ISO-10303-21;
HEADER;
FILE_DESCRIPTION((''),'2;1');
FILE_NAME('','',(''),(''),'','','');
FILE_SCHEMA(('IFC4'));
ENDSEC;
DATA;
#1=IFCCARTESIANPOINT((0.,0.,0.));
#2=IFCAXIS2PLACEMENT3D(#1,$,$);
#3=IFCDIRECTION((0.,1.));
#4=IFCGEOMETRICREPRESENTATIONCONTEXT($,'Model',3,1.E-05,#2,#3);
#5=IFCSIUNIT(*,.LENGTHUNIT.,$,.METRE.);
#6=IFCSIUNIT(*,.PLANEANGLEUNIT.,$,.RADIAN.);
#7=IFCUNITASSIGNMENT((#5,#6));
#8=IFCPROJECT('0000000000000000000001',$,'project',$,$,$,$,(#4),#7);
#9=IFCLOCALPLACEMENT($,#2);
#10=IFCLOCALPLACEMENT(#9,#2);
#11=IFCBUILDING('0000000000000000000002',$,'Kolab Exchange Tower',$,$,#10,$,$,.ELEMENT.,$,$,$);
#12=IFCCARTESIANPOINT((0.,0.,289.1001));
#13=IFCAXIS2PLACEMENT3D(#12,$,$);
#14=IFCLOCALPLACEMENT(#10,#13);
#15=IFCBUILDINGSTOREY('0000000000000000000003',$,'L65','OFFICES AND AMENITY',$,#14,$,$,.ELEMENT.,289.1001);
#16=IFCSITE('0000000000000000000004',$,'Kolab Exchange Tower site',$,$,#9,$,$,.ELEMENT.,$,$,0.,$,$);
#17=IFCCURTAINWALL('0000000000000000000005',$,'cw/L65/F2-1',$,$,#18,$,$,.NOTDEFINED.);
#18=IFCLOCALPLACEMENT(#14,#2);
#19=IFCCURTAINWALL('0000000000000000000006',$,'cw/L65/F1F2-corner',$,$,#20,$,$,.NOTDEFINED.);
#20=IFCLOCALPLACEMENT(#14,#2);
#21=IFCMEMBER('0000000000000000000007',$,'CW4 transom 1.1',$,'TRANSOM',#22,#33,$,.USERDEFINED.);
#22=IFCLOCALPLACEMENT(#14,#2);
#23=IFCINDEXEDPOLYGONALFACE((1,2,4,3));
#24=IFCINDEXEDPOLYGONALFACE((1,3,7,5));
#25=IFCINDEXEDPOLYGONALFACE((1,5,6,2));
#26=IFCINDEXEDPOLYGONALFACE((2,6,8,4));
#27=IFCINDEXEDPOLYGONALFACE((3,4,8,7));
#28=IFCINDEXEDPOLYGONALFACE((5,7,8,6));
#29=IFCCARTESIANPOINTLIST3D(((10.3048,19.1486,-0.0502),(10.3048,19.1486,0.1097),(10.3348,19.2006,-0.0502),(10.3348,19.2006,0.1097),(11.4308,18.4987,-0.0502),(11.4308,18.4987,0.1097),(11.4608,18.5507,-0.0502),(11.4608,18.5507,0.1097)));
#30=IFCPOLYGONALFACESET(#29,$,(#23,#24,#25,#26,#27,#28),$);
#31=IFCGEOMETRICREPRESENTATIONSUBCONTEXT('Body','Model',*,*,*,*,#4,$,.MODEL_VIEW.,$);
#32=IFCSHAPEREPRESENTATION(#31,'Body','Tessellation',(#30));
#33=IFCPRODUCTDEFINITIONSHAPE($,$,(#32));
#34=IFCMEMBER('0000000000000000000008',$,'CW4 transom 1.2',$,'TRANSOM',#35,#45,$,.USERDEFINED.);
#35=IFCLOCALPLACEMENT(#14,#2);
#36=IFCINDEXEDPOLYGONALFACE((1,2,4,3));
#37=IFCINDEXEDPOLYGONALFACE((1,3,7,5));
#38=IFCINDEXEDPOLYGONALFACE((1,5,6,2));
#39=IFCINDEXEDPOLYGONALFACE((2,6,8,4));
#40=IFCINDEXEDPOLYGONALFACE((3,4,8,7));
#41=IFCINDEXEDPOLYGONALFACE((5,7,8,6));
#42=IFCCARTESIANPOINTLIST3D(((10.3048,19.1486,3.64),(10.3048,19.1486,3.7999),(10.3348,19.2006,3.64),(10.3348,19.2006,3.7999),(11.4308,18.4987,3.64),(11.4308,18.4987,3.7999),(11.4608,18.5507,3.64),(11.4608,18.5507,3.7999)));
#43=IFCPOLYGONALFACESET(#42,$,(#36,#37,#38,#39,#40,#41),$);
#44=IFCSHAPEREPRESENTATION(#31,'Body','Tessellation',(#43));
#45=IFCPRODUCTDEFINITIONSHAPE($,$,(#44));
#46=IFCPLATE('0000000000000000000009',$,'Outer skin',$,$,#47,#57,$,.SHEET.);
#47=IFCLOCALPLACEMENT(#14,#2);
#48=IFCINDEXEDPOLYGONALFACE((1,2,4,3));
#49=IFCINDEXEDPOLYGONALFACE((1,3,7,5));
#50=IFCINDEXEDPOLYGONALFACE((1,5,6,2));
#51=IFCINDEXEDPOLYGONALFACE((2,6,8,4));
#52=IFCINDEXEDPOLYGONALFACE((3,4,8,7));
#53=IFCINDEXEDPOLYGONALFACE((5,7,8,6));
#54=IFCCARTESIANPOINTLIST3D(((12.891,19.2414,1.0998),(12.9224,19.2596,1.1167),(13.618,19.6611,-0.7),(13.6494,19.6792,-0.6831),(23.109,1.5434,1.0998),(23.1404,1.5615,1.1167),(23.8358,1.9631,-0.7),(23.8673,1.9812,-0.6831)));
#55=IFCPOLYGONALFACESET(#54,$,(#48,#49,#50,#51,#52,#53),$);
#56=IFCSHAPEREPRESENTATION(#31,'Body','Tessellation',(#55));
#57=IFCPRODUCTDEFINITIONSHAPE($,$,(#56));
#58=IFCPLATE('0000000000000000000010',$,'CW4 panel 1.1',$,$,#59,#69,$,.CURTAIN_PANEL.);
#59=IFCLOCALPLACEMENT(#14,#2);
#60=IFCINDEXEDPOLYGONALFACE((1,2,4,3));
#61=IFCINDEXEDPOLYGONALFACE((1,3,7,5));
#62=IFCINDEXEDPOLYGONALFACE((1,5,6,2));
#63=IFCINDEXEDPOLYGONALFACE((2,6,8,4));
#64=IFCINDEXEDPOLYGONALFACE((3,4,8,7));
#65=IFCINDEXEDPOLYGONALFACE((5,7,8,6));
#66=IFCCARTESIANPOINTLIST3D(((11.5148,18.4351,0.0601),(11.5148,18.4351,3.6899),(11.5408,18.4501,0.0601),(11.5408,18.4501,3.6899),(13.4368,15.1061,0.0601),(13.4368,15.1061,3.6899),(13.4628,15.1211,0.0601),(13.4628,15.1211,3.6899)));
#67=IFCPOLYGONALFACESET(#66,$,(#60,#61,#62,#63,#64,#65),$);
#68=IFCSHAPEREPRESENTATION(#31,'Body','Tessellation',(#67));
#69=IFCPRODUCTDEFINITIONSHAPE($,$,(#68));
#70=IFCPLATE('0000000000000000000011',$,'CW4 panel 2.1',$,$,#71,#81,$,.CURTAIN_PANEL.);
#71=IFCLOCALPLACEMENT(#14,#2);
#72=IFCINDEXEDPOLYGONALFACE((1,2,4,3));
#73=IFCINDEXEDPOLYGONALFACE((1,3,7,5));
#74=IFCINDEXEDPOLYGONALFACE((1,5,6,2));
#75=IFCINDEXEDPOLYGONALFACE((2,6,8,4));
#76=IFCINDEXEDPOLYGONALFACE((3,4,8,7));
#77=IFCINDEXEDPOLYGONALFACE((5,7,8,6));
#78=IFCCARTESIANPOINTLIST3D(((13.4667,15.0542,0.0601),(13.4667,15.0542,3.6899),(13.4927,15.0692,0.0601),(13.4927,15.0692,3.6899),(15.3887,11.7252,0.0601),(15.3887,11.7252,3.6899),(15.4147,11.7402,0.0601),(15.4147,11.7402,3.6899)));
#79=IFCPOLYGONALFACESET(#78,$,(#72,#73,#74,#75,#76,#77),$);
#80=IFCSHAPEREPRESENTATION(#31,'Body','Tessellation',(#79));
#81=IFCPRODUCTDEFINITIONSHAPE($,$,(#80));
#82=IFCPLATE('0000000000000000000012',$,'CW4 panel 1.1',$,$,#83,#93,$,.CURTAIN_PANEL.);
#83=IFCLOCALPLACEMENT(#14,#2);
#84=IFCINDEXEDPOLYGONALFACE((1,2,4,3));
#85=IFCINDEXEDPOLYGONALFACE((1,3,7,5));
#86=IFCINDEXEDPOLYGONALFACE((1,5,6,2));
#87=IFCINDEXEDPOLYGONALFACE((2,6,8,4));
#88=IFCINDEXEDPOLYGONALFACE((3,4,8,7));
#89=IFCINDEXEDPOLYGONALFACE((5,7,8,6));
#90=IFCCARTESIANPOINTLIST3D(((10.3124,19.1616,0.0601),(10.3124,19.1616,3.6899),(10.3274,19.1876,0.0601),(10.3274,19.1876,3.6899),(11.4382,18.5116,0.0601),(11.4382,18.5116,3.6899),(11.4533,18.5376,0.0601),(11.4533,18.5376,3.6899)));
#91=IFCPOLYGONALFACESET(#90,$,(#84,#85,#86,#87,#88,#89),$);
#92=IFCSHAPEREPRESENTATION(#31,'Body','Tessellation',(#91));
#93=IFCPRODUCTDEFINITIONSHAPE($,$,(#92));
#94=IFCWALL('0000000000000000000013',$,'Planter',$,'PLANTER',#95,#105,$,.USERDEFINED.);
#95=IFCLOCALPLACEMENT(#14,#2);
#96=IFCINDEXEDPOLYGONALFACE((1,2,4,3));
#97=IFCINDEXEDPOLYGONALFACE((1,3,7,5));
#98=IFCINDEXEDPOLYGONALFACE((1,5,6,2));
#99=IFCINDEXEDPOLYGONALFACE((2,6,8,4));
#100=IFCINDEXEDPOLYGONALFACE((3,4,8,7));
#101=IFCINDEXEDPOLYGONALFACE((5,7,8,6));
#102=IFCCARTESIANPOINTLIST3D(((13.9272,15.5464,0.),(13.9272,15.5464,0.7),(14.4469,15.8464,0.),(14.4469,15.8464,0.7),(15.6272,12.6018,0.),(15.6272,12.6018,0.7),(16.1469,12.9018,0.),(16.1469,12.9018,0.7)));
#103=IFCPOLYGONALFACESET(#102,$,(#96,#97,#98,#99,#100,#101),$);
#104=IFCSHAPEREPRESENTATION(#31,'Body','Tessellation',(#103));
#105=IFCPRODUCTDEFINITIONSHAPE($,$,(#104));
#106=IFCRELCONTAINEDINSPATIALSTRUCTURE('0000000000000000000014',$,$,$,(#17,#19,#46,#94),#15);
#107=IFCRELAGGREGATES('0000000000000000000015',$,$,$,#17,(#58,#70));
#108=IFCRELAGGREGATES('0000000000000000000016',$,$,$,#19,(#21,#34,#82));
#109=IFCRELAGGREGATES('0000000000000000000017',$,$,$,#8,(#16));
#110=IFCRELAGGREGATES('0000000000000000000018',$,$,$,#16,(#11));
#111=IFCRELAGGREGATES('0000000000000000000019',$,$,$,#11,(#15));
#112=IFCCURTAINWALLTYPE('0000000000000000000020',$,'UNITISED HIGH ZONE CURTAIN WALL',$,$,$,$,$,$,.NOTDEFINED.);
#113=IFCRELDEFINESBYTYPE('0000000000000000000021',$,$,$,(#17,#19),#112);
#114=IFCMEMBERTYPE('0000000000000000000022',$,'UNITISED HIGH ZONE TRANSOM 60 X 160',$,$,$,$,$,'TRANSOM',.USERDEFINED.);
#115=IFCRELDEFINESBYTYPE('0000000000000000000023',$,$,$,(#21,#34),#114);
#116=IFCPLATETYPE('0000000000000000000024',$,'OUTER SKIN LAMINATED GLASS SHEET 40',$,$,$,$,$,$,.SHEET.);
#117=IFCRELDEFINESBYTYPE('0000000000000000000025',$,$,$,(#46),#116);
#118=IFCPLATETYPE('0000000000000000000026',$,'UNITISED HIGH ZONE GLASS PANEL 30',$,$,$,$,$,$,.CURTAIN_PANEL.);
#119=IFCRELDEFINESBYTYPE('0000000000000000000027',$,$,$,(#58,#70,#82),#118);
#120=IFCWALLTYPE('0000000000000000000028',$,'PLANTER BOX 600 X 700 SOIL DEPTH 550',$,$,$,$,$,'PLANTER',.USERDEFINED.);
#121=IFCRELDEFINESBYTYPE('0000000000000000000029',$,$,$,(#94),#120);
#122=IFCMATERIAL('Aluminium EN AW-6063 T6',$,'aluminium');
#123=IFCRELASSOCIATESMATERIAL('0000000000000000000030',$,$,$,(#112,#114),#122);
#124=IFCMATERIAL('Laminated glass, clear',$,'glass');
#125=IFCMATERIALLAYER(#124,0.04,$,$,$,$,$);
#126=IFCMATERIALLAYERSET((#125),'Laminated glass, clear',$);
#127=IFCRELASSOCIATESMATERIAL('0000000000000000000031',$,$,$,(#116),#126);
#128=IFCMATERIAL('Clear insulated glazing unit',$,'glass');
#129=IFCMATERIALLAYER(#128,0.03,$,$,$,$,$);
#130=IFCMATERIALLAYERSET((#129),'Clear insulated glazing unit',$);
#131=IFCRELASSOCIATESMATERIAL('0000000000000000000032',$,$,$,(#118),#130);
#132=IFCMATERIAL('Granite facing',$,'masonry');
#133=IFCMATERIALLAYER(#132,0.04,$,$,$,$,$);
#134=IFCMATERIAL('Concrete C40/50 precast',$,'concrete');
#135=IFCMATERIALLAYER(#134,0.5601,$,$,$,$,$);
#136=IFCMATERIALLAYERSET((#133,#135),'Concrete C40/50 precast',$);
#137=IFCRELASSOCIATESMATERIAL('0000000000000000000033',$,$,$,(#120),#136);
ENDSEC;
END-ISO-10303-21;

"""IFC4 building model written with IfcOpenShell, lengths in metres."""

from ifc_helpers import new_model, si_unit, direction, frame, frame_2d, origin, origin_2d, place, context, subcontext, project, spatial, polyline, rectangle, outline, extrude, material, layer, layer_set, material_profile, profile_set, type_object, element, aggregate, save


model = new_model("IFC4")

# Units and contexts
model_context = context("Model", 3, precision=1e-05, world=origin(), true_north=direction((0.0, 1.0)))
body_context = subcontext(model_context, "Body", "Model", "MODEL_VIEW")
ifc_project = project(units=[si_unit("LENGTHUNIT", "METRE"), si_unit("PLANEANGLEUNIT", "RADIAN")], contexts=[model_context])

# Site, building, storey
site_placement = place(None, origin())
site = spatial("IfcSite", under=ifc_project, at=site_placement, Name="Kolab Exchange Tower site", CompositionType="ELEMENT", RefElevation=0.0)
building_placement = place(site_placement, origin())
building = spatial("IfcBuilding", under=site, at=building_placement, Name="Kolab Exchange Tower", CompositionType="ELEMENT")
storey_placement = place(building_placement, frame((0.0, 0.0, 289.1001)))
storey = spatial("IfcBuildingStorey", under=building, at=storey_placement, Name="L65", Description="OFFICES AND AMENITY", CompositionType="ELEMENT", Elevation=289.1001)

# Shared definitions
ifc_material_1 = material(Name="Aluminium EN AW-6063 T6", Category="aluminium")
curtain_wall_type = type_object("IfcCurtainWallType", Name="UNITISED HIGH ZONE CURTAIN WALL", PredefinedType="NOTDEFINED", material=ifc_material_1)

# Curtain walls
curtain_wall_1_placement = place(storey_placement, origin())
curtain_wall_1 = element("IfcCurtainWall", 1, at=curtain_wall_1_placement, inside=storey, type_object=curtain_wall_type, Name="cw/L65/F2-1", PredefinedType="NOTDEFINED")
curtain_wall_2_placement = place(storey_placement, origin())
curtain_wall_2 = element("IfcCurtainWall", 2, at=curtain_wall_2_placement, inside=storey, type_object=curtain_wall_type, Name="cw/L65/F1F2-corner", PredefinedType="NOTDEFINED")

# Members
ifc_material_profile_1 = material_profile(ifc_material_1, rectangle(XDim=0.0601, YDim=0.1599, at=origin_2d()), Name="RECT 60X160")
ifc_profile_set_1 = profile_set([ifc_material_profile_1], Name="Aluminium EN AW-6063 T6")
member_type_1 = type_object("IfcMemberType", Name="UNITISED HIGH ZONE TRANSOM 60 X 160", ElementType="TRANSOM", PredefinedType="USERDEFINED", material=ifc_profile_set_1)
member_1_placement = place(storey_placement, frame((10.3198, 19.1746, 0.0298), z_axis=(0.866086, -0.499896, 0.0), x_axis=(0.499896, 0.866086, 0.0)))
member_1 = element("IfcMember", 3, at=member_1_placement, type_object=member_type_1, Name="CW4 transom 1.1", ObjectType="TRANSOM", PredefinedType="USERDEFINED", context=body_context, shape_type="SweptSolid", body=[
    extrude(rectangle(XDim=0.0601, YDim=0.1599, at=origin_2d()), origin(), (0.0, 0.0, 1.0), 1.3),
])
member_2_placement = place(storey_placement, frame((10.3198, 19.1746, 3.72), z_axis=(0.866086, -0.499896, 0.0), x_axis=(0.499896, 0.866086, 0.0)))
member_2 = element("IfcMember", 4, at=member_2_placement, type_object=member_type_1, Name="CW4 transom 1.2", ObjectType="TRANSOM", PredefinedType="USERDEFINED", context=body_context, shape_type="SweptSolid", body=[
    extrude(rectangle(XDim=0.0601, YDim=0.1599, at=origin_2d()), origin(), (0.0, 0.0, 1.0), 1.3),
])

# Plates
ifc_material_2 = material(Name="Laminated glass, clear", Category="glass")
ifc_layer_1 = layer(ifc_material_2, 0.04)
ifc_layer_set_1 = layer_set([ifc_layer_1], Name="Laminated glass, clear")
plate_type_1 = type_object("IfcPlateType", Name="OUTER SKIN LAMINATED GLASS SHEET 40", PredefinedType="SHEET", material=ifc_layer_set_1)
plate_1_placement = place(storey_placement, frame((13.6494, 19.6792, -0.6831), z_axis=(0.784867, 0.453141, 0.422666), x_axis=(0.499997, -0.866027, 0.000002)))
element("IfcPlate", 5, at=plate_1_placement, inside=storey, type_object=plate_type_1, Name="Outer skin", PredefinedType="SHEET", context=body_context, shape_type="SweptSolid", body=[
    extrude(outline(polyline([(0.0, 0.0), (20.4358, 0.0), (20.4359, -1.9859), (-0.0001, -1.986), (0.0, 0.0)])), origin(), (0.0, 0.0, -1.0), 0.04),
])
ifc_material_3 = material(Name="Clear insulated glazing unit", Category="glass")
ifc_layer_2 = layer(ifc_material_3, 0.03)
ifc_layer_set_2 = layer_set([ifc_layer_2], Name="Clear insulated glazing unit")
plate_type_2 = type_object("IfcPlateType", Name="UNITISED HIGH ZONE GLASS PANEL 30", PredefinedType="CURTAIN_PANEL", material=ifc_layer_set_2)
plate_2_placement = place(storey_placement, frame((12.4888, 16.7781, 0.0601), z_axis=(0.0, 0.0, 1.0), x_axis=(0.5, -0.866025, 0.0)))
plate_2 = element("IfcPlate", 6, at=plate_2_placement, type_object=plate_type_2, Name="CW4 panel 1.1", PredefinedType="CURTAIN_PANEL", context=body_context, shape_type="SweptSolid", body=[
    extrude(rectangle(XDim=3.844, YDim=0.03, at=origin_2d()), origin(), (0.0, 0.0, 1.0), 3.6299),
])
plate_3_placement = place(storey_placement, frame((14.4407, 13.3972, 0.0601), z_axis=(0.0, 0.0, 1.0), x_axis=(0.5, -0.866025, 0.0)))
plate_3 = element("IfcPlate", 7, at=plate_3_placement, type_object=plate_type_2, Name="CW4 panel 2.1", PredefinedType="CURTAIN_PANEL", context=body_context, shape_type="SweptSolid", body=[
    extrude(rectangle(XDim=3.844, YDim=0.03, at=origin_2d()), origin(), (0.0, 0.0, 1.0), 3.6299),
])
aggregate(curtain_wall_1, [plate_2, plate_3])
plate_4_placement = place(storey_placement, frame((10.8828, 18.8496, 0.0601), z_axis=(0.0, 0.0, 1.0), x_axis=(0.866025, -0.5, 0.0)))
plate_4 = element("IfcPlate", 8, at=plate_4_placement, type_object=plate_type_2, Name="CW4 panel 1.1", PredefinedType="CURTAIN_PANEL", context=body_context, shape_type="SweptSolid", body=[
    extrude(rectangle(XDim=1.3, YDim=0.03, at=origin_2d()), origin(), (0.0, 0.0, 1.0), 3.6299),
])
aggregate(curtain_wall_2, [member_1, member_2, plate_4])

# Wall
ifc_material_4 = material(Name="Granite facing", Category="masonry")
ifc_layer_3 = layer(ifc_material_4, 0.04)
ifc_material_5 = material(Name="Concrete C40/50 precast", Category="concrete")
ifc_layer_4 = layer(ifc_material_5, 0.5601)
ifc_layer_set_3 = layer_set([ifc_layer_3, ifc_layer_4], Name="Concrete C40/50 precast")
wall_type = type_object("IfcWallType", Name="PLANTER BOX 600 X 700 SOIL DEPTH 550", ElementType="PLANTER", PredefinedType="USERDEFINED", material=ifc_layer_set_3)
wall_placement = place(storey_placement, frame((14.187, 15.6965, 0.0), z_axis=(0.0, 0.0, 1.0), x_axis=(0.499977, -0.866039, 0.0)))
element("IfcWall", 9, at=wall_placement, inside=storey, type_object=wall_type, Name="Planter", ObjectType="PLANTER", PredefinedType="USERDEFINED", context=body_context, shape_type="SweptSolid", body=[
    extrude(rectangle(XDim=3.4001, YDim=0.6001, at=frame_2d((1.7002, 0.0))), origin(), (0.0, 0.0, 1.0), 0.7),
])

save(model, "model.ifc")
